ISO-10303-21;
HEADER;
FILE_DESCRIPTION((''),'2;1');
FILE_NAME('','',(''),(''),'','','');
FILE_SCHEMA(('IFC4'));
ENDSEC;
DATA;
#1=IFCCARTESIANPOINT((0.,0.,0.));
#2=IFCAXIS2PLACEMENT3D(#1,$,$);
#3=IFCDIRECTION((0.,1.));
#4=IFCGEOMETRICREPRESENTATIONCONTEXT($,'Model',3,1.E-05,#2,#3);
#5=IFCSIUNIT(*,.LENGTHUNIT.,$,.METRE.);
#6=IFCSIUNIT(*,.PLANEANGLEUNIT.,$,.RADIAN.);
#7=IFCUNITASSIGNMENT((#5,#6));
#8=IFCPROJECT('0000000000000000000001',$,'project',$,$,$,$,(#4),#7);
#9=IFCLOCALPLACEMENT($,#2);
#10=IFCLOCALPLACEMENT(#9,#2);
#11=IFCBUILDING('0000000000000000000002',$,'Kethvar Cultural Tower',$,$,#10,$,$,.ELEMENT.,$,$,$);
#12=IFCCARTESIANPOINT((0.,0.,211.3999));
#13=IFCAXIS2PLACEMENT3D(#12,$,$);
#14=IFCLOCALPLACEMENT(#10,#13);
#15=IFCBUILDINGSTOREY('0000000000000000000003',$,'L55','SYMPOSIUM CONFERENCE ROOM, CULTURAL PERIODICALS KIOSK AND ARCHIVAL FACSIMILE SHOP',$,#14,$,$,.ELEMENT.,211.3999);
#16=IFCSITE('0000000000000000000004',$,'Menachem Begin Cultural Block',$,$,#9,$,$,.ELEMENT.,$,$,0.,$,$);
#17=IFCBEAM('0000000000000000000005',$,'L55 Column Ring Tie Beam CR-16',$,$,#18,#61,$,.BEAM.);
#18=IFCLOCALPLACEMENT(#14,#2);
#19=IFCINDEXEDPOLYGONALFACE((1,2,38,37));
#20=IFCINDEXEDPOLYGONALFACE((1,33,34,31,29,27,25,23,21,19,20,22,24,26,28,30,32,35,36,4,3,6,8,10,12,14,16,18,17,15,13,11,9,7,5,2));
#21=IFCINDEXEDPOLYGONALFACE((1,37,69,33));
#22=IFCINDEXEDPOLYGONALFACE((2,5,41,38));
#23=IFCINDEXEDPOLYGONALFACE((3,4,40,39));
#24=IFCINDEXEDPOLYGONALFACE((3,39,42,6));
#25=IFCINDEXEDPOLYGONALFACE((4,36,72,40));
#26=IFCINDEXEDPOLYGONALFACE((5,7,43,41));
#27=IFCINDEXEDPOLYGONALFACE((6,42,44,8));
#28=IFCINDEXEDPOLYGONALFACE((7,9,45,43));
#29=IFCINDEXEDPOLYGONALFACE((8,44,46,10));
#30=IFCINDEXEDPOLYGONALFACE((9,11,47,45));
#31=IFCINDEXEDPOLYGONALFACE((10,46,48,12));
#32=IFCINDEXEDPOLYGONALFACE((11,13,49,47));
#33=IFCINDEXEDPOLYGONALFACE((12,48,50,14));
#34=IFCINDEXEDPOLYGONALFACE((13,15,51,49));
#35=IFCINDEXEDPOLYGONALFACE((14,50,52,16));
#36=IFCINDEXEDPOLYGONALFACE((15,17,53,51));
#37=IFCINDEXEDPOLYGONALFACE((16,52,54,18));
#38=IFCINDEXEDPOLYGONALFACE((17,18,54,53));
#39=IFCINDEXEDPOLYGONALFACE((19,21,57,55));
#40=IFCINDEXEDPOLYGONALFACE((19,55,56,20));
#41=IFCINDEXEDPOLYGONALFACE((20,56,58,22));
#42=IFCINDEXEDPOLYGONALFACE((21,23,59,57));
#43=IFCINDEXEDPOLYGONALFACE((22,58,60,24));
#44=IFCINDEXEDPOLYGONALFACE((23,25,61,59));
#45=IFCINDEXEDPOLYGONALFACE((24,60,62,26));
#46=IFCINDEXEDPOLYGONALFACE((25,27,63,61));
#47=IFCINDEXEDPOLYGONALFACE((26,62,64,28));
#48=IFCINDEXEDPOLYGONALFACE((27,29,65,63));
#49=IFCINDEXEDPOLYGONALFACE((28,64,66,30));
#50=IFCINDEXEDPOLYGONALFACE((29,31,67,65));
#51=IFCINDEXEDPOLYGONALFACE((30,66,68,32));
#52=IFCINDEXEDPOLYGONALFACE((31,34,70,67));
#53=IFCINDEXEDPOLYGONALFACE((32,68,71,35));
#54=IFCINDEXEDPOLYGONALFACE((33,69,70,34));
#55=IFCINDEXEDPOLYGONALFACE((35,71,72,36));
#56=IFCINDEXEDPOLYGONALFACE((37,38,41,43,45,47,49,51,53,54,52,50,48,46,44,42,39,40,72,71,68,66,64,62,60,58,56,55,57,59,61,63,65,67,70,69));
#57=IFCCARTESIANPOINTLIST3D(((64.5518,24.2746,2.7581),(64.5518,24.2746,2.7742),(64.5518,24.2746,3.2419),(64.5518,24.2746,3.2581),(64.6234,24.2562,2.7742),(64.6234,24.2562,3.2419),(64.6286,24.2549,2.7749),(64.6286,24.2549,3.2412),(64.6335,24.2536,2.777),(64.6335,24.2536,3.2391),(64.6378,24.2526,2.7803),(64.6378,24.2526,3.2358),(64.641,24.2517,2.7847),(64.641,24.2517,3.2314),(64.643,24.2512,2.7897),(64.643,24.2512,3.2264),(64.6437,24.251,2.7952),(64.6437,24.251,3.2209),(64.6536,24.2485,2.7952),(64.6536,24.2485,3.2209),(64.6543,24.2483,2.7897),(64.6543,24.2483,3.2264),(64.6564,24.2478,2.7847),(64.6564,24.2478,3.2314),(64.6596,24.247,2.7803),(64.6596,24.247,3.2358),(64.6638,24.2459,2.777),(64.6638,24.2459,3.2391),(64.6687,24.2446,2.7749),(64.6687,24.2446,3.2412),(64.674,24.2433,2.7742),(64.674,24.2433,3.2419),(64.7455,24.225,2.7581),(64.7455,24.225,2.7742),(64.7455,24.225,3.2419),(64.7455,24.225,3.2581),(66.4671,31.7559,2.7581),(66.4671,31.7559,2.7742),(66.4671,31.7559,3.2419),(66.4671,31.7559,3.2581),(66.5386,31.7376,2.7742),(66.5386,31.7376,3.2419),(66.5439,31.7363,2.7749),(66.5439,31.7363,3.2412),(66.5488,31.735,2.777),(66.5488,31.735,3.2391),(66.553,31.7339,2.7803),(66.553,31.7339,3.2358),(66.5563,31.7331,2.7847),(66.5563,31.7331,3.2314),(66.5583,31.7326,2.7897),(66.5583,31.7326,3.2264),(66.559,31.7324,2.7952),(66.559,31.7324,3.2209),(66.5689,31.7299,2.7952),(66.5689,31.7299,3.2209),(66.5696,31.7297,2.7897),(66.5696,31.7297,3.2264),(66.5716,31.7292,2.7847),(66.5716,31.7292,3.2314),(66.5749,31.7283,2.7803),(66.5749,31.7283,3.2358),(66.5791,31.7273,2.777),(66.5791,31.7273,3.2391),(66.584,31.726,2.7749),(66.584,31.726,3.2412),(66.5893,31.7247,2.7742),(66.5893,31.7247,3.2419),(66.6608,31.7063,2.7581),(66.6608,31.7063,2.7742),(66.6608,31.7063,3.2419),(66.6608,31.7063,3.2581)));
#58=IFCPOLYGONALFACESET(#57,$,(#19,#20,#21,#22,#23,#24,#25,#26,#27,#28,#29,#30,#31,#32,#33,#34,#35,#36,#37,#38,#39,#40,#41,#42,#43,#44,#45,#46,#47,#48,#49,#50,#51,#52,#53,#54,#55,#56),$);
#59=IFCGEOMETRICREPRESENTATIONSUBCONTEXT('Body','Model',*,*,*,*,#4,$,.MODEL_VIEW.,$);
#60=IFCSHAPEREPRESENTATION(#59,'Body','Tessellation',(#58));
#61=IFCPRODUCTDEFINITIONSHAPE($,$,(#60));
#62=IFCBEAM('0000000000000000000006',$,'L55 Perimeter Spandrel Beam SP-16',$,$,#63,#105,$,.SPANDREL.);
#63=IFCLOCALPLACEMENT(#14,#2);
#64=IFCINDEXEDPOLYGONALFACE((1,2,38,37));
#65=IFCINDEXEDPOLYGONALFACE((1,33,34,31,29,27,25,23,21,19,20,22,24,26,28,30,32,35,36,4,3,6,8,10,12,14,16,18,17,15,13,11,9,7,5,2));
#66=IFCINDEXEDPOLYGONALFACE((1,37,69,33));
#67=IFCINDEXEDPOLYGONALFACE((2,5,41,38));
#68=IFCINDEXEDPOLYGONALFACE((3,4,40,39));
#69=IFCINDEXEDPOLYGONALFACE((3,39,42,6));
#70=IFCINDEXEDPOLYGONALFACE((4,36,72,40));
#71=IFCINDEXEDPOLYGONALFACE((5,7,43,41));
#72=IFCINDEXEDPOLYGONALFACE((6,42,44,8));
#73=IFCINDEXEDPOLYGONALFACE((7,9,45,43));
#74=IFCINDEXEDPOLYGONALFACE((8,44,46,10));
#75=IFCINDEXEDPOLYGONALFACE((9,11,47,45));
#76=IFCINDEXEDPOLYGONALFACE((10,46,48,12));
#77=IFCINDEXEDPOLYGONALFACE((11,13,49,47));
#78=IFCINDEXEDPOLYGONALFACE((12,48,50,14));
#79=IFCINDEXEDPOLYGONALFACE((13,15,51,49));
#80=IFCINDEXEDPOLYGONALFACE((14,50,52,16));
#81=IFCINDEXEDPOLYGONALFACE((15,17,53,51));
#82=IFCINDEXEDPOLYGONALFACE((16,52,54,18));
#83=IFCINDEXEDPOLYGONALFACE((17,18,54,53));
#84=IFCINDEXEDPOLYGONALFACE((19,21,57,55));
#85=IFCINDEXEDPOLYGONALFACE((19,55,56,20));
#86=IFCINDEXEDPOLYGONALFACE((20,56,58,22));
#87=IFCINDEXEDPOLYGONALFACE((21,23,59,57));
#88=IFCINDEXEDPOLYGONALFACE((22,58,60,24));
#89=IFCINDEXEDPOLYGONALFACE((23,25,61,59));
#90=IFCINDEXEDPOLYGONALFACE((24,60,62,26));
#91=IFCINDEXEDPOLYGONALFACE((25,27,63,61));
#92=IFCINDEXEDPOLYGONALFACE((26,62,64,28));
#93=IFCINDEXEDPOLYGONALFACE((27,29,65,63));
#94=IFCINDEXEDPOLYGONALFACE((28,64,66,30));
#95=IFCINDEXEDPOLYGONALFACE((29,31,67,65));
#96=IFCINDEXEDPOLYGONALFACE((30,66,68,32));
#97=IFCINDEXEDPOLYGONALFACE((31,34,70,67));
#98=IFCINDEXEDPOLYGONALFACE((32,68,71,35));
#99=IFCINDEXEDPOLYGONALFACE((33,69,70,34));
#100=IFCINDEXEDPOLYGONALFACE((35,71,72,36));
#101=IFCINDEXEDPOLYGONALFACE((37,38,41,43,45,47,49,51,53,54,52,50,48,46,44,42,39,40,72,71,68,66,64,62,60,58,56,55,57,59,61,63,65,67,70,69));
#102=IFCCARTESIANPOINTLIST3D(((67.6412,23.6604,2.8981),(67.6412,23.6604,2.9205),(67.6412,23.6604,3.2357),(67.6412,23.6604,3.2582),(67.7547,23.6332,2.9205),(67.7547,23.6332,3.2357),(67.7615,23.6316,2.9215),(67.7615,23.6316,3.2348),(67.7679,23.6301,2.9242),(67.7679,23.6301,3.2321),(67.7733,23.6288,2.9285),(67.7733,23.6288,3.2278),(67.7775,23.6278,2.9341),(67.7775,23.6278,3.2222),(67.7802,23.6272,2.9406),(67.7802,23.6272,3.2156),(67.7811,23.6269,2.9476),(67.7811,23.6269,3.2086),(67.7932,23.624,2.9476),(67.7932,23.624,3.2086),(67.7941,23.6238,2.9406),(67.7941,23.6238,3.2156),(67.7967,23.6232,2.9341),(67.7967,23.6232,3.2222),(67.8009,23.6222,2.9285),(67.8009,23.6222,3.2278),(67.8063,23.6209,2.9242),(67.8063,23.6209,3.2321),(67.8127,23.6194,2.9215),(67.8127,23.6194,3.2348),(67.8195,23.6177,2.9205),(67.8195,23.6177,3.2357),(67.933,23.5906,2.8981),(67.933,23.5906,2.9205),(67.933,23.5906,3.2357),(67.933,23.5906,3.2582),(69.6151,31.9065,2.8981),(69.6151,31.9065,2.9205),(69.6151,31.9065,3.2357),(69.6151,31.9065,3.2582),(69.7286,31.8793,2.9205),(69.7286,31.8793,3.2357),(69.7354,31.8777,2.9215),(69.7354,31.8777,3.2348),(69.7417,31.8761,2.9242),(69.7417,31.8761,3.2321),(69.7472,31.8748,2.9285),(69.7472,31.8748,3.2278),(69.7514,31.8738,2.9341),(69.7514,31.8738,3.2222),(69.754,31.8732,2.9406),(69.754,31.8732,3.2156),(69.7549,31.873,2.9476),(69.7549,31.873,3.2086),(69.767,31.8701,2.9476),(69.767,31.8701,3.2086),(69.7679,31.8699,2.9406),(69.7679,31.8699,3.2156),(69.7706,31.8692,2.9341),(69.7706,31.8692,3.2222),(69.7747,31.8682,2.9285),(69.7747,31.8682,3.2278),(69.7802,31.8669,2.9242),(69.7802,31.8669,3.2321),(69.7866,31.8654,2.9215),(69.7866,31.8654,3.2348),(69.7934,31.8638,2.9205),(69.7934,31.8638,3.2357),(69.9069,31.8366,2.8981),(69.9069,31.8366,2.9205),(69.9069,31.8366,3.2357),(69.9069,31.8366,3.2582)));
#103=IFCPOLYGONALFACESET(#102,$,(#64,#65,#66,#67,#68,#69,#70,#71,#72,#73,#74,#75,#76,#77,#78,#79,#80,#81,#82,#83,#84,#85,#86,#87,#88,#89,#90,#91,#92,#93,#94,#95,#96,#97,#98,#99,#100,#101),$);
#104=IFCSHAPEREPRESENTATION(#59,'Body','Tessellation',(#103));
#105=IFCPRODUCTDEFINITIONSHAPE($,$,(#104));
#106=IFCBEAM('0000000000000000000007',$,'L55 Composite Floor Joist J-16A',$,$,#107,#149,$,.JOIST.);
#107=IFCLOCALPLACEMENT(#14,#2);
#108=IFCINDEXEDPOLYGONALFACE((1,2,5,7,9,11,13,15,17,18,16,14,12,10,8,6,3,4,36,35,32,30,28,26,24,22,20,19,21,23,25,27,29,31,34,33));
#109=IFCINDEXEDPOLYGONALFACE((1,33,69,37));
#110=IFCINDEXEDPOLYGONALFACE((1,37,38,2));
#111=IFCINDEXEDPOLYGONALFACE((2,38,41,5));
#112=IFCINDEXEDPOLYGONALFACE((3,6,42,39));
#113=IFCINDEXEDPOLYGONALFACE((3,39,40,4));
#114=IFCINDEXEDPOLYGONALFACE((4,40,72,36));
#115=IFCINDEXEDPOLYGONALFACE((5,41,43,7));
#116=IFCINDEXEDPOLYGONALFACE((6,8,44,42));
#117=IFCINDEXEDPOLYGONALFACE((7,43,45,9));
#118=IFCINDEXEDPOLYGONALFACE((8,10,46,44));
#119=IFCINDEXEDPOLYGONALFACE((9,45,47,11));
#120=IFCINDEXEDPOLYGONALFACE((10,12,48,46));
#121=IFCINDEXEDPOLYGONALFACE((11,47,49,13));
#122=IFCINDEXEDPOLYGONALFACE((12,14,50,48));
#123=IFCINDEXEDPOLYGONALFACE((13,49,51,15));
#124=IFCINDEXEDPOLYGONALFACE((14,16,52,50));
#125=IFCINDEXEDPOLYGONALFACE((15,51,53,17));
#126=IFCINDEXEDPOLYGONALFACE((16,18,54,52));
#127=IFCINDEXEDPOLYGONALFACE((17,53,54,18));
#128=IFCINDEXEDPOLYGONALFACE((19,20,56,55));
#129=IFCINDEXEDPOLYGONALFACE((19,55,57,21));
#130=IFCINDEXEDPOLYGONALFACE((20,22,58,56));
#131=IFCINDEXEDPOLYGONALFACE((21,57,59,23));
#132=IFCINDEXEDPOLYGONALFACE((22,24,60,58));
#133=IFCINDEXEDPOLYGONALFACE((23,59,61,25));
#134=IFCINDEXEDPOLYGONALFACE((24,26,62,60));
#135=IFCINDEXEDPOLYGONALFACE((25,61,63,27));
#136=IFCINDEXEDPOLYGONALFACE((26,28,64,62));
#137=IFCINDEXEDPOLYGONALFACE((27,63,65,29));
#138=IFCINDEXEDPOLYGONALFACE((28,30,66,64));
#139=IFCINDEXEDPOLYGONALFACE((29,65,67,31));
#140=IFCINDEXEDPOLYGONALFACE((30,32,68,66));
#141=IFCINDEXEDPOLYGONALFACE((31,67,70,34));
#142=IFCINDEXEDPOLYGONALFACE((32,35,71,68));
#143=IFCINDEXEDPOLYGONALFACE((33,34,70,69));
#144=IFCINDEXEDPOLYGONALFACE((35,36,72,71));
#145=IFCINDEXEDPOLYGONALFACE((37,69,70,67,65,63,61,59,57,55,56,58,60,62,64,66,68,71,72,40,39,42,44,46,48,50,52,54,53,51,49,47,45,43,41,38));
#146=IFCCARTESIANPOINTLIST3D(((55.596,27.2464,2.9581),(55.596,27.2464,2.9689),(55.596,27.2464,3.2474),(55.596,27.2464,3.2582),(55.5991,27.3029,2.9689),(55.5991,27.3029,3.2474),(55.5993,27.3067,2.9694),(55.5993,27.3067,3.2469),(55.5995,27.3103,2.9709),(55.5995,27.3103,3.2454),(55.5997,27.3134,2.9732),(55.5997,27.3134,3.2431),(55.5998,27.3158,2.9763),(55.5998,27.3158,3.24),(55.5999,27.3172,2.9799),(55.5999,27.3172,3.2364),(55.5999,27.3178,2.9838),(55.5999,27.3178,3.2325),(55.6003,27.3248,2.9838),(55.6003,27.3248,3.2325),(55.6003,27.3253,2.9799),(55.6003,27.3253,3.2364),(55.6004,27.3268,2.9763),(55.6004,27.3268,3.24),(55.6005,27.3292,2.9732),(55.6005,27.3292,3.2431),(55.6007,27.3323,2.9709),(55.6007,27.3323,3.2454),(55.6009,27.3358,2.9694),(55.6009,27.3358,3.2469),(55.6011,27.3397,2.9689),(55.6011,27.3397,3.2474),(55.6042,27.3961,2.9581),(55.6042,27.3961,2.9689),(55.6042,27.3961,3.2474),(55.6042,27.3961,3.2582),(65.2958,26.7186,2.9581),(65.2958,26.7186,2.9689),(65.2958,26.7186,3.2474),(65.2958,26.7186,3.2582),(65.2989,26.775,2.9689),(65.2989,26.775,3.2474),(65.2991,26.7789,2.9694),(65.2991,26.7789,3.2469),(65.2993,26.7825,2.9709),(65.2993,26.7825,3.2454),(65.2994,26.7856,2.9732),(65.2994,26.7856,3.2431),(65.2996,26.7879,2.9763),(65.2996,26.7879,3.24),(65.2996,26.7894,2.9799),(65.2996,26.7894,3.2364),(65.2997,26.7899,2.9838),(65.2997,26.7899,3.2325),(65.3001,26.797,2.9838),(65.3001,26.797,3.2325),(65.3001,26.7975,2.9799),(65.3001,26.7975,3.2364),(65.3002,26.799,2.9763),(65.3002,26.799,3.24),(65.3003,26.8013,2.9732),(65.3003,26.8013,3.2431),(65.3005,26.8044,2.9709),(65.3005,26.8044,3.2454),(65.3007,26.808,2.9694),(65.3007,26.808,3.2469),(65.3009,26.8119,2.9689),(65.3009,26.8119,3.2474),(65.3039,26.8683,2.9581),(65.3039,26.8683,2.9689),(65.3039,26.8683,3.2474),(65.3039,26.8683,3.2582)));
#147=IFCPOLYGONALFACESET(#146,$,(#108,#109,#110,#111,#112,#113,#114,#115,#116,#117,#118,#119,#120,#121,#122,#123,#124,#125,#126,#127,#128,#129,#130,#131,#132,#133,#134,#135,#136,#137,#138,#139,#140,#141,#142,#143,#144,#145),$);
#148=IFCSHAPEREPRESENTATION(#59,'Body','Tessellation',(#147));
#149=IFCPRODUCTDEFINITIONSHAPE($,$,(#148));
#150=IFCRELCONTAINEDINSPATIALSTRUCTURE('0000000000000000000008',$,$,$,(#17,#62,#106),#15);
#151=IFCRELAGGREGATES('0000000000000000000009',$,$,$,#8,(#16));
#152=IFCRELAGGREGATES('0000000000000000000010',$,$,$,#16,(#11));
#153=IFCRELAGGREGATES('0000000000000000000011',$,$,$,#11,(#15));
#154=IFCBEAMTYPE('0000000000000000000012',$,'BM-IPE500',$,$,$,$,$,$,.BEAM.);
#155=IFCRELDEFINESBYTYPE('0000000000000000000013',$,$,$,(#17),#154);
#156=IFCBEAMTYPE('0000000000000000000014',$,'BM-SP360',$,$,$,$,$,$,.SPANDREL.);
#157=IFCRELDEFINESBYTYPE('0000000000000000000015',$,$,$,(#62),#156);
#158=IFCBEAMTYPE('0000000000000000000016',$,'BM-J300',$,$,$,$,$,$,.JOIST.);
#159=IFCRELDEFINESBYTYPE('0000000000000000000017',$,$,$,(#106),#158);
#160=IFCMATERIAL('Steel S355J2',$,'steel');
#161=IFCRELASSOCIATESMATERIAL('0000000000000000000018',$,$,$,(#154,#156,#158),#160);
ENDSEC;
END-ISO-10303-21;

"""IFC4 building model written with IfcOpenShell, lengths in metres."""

from ifc_helpers import new_model, si_unit, direction, frame, origin, origin_2d, place, context, subcontext, project, spatial, i_section, extrude, source, transform, mapped, material, material_profile, profile_set, type_object, element, save


model = new_model("IFC4")

# Units and contexts
model_context = context("Model", 3, precision=1e-05, world=origin(), true_north=direction((0.0, 1.0)))
body_context = subcontext(model_context, "Body", "Model", "MODEL_VIEW")
ifc_project = project(units=[si_unit("LENGTHUNIT", "METRE"), si_unit("PLANEANGLEUNIT", "RADIAN")], contexts=[model_context])

# Site, building, storey
site_placement = place(None, origin())
site = spatial("IfcSite", under=ifc_project, at=site_placement, Name="Menachem Begin Cultural Block", CompositionType="ELEMENT", RefElevation=0.0)
building_placement = place(site_placement, origin())
building = spatial("IfcBuilding", under=site, at=building_placement, Name="Kethvar Cultural Tower", CompositionType="ELEMENT")
storey_placement = place(building_placement, frame((0.0, 0.0, 211.3999)))
storey = spatial("IfcBuildingStorey", under=building, at=storey_placement, Name="L55", Description="SYMPOSIUM CONFERENCE ROOM, CULTURAL PERIODICALS KIOSK AND ARCHIVAL FACSIMILE SHOP", CompositionType="ELEMENT", Elevation=211.3999)

# Beams
ifc_material_1 = material(Name="Steel S355J2", Category="steel")
ifc_material_profile_1 = material_profile(ifc_material_1, i_section(OverallWidth=0.2, OverallDepth=0.5, WebThickness=0.0103, FlangeThickness=0.0161, FilletRadius=0.021, at=origin_2d()), Name="Steel S355J2 — IPE500")
ifc_profile_set_1 = profile_set([ifc_material_profile_1], Name="Steel S355J2 — IPE500")
beam_type_1 = type_object("IfcBeamType", Name="BM-IPE500", PredefinedType="BEAM", material=ifc_profile_set_1)
shared_shape_1 = source(origin(), body_context, "Body", "SweptSolid", [
    extrude(i_section(OverallWidth=0.2, OverallDepth=0.5, WebThickness=0.0103, FlangeThickness=0.0161, FilletRadius=0.021, at=origin_2d()), origin(), (0.0, 0.0, 1.0), 7.7227),
])
beam_1_placement = place(storey_placement, frame((64.6487, 24.2498, 3.0081), z_axis=(0.248006, 0.968758, 0.0), x_axis=(-0.968758, 0.248006, 0.0)))
element("IfcBeam", 1, at=beam_1_placement, inside=storey, type_object=beam_type_1, Name="L55 Column Ring Tie Beam CR-16", PredefinedType="BEAM", context=body_context, shape_type="MappedRepresentation", body=[
    mapped(shared_shape_1, transform((0.0, 0.0, 0.0), scale=1.0)),
])
ifc_material_profile_2 = material_profile(ifc_material_1, i_section(OverallWidth=0.3, OverallDepth=0.3601, WebThickness=0.0125, FlangeThickness=0.0225, FilletRadius=0.0271, at=origin_2d()), Name="Steel S355J2 — HEB360")
ifc_profile_set_2 = profile_set([ifc_material_profile_2], Name="Steel S355J2 — HEB360")
beam_type_2 = type_object("IfcBeamType", Name="BM-SP360", PredefinedType="SPANDREL", material=ifc_profile_set_2)
shared_shape_2 = source(origin(), body_context, "Body", "SweptSolid", [
    extrude(i_section(OverallWidth=0.3, OverallDepth=0.3601, WebThickness=0.0125, FlangeThickness=0.0225, FilletRadius=0.0271, at=origin_2d()), origin(), (0.0, 0.0, 1.0), 8.479),
])
beam_2_placement = place(storey_placement, frame((67.7871, 23.6255, 3.0781), z_axis=(0.232795, 0.972526, 0.0), x_axis=(-0.972526, 0.232795, 0.0)))
element("IfcBeam", 2, at=beam_2_placement, inside=storey, type_object=beam_type_2, Name="L55 Perimeter Spandrel Beam SP-16", PredefinedType="SPANDREL", context=body_context, shape_type="MappedRepresentation", body=[
    mapped(shared_shape_2, transform((0.0, 0.0, 0.0), scale=1.0)),
])
ifc_material_profile_3 = material_profile(ifc_material_1, i_section(OverallWidth=0.1499, OverallDepth=0.3, WebThickness=0.0071, FlangeThickness=0.0107, FilletRadius=0.0149, at=origin_2d()), Name="Steel S355J2 — IPE300")
ifc_profile_set_3 = profile_set([ifc_material_profile_3], Name="Steel S355J2 — IPE300")
beam_type_3 = type_object("IfcBeamType", Name="BM-J300", PredefinedType="JOIST", material=ifc_profile_set_3)
shared_shape_3 = source(origin(), body_context, "Body", "SweptSolid", [
    extrude(i_section(OverallWidth=0.1499, OverallDepth=0.3, WebThickness=0.0071, FlangeThickness=0.0107, FilletRadius=0.0149, at=origin_2d()), origin(), (0.0, 0.0, 1.0), 9.7141),
])
beam_3_placement = place(storey_placement, frame((55.6001, 27.3213, 3.1082), z_axis=(0.998523, -0.054337, 0.0), x_axis=(0.054337, 0.998523, 0.0)))
element("IfcBeam", 3, at=beam_3_placement, inside=storey, type_object=beam_type_3, Name="L55 Composite Floor Joist J-16A", PredefinedType="JOIST", context=body_context, shape_type="MappedRepresentation", body=[
    mapped(shared_shape_3, transform((0.0, 0.0, 0.0), scale=1.0)),
])

save(model, "model.ifc")
